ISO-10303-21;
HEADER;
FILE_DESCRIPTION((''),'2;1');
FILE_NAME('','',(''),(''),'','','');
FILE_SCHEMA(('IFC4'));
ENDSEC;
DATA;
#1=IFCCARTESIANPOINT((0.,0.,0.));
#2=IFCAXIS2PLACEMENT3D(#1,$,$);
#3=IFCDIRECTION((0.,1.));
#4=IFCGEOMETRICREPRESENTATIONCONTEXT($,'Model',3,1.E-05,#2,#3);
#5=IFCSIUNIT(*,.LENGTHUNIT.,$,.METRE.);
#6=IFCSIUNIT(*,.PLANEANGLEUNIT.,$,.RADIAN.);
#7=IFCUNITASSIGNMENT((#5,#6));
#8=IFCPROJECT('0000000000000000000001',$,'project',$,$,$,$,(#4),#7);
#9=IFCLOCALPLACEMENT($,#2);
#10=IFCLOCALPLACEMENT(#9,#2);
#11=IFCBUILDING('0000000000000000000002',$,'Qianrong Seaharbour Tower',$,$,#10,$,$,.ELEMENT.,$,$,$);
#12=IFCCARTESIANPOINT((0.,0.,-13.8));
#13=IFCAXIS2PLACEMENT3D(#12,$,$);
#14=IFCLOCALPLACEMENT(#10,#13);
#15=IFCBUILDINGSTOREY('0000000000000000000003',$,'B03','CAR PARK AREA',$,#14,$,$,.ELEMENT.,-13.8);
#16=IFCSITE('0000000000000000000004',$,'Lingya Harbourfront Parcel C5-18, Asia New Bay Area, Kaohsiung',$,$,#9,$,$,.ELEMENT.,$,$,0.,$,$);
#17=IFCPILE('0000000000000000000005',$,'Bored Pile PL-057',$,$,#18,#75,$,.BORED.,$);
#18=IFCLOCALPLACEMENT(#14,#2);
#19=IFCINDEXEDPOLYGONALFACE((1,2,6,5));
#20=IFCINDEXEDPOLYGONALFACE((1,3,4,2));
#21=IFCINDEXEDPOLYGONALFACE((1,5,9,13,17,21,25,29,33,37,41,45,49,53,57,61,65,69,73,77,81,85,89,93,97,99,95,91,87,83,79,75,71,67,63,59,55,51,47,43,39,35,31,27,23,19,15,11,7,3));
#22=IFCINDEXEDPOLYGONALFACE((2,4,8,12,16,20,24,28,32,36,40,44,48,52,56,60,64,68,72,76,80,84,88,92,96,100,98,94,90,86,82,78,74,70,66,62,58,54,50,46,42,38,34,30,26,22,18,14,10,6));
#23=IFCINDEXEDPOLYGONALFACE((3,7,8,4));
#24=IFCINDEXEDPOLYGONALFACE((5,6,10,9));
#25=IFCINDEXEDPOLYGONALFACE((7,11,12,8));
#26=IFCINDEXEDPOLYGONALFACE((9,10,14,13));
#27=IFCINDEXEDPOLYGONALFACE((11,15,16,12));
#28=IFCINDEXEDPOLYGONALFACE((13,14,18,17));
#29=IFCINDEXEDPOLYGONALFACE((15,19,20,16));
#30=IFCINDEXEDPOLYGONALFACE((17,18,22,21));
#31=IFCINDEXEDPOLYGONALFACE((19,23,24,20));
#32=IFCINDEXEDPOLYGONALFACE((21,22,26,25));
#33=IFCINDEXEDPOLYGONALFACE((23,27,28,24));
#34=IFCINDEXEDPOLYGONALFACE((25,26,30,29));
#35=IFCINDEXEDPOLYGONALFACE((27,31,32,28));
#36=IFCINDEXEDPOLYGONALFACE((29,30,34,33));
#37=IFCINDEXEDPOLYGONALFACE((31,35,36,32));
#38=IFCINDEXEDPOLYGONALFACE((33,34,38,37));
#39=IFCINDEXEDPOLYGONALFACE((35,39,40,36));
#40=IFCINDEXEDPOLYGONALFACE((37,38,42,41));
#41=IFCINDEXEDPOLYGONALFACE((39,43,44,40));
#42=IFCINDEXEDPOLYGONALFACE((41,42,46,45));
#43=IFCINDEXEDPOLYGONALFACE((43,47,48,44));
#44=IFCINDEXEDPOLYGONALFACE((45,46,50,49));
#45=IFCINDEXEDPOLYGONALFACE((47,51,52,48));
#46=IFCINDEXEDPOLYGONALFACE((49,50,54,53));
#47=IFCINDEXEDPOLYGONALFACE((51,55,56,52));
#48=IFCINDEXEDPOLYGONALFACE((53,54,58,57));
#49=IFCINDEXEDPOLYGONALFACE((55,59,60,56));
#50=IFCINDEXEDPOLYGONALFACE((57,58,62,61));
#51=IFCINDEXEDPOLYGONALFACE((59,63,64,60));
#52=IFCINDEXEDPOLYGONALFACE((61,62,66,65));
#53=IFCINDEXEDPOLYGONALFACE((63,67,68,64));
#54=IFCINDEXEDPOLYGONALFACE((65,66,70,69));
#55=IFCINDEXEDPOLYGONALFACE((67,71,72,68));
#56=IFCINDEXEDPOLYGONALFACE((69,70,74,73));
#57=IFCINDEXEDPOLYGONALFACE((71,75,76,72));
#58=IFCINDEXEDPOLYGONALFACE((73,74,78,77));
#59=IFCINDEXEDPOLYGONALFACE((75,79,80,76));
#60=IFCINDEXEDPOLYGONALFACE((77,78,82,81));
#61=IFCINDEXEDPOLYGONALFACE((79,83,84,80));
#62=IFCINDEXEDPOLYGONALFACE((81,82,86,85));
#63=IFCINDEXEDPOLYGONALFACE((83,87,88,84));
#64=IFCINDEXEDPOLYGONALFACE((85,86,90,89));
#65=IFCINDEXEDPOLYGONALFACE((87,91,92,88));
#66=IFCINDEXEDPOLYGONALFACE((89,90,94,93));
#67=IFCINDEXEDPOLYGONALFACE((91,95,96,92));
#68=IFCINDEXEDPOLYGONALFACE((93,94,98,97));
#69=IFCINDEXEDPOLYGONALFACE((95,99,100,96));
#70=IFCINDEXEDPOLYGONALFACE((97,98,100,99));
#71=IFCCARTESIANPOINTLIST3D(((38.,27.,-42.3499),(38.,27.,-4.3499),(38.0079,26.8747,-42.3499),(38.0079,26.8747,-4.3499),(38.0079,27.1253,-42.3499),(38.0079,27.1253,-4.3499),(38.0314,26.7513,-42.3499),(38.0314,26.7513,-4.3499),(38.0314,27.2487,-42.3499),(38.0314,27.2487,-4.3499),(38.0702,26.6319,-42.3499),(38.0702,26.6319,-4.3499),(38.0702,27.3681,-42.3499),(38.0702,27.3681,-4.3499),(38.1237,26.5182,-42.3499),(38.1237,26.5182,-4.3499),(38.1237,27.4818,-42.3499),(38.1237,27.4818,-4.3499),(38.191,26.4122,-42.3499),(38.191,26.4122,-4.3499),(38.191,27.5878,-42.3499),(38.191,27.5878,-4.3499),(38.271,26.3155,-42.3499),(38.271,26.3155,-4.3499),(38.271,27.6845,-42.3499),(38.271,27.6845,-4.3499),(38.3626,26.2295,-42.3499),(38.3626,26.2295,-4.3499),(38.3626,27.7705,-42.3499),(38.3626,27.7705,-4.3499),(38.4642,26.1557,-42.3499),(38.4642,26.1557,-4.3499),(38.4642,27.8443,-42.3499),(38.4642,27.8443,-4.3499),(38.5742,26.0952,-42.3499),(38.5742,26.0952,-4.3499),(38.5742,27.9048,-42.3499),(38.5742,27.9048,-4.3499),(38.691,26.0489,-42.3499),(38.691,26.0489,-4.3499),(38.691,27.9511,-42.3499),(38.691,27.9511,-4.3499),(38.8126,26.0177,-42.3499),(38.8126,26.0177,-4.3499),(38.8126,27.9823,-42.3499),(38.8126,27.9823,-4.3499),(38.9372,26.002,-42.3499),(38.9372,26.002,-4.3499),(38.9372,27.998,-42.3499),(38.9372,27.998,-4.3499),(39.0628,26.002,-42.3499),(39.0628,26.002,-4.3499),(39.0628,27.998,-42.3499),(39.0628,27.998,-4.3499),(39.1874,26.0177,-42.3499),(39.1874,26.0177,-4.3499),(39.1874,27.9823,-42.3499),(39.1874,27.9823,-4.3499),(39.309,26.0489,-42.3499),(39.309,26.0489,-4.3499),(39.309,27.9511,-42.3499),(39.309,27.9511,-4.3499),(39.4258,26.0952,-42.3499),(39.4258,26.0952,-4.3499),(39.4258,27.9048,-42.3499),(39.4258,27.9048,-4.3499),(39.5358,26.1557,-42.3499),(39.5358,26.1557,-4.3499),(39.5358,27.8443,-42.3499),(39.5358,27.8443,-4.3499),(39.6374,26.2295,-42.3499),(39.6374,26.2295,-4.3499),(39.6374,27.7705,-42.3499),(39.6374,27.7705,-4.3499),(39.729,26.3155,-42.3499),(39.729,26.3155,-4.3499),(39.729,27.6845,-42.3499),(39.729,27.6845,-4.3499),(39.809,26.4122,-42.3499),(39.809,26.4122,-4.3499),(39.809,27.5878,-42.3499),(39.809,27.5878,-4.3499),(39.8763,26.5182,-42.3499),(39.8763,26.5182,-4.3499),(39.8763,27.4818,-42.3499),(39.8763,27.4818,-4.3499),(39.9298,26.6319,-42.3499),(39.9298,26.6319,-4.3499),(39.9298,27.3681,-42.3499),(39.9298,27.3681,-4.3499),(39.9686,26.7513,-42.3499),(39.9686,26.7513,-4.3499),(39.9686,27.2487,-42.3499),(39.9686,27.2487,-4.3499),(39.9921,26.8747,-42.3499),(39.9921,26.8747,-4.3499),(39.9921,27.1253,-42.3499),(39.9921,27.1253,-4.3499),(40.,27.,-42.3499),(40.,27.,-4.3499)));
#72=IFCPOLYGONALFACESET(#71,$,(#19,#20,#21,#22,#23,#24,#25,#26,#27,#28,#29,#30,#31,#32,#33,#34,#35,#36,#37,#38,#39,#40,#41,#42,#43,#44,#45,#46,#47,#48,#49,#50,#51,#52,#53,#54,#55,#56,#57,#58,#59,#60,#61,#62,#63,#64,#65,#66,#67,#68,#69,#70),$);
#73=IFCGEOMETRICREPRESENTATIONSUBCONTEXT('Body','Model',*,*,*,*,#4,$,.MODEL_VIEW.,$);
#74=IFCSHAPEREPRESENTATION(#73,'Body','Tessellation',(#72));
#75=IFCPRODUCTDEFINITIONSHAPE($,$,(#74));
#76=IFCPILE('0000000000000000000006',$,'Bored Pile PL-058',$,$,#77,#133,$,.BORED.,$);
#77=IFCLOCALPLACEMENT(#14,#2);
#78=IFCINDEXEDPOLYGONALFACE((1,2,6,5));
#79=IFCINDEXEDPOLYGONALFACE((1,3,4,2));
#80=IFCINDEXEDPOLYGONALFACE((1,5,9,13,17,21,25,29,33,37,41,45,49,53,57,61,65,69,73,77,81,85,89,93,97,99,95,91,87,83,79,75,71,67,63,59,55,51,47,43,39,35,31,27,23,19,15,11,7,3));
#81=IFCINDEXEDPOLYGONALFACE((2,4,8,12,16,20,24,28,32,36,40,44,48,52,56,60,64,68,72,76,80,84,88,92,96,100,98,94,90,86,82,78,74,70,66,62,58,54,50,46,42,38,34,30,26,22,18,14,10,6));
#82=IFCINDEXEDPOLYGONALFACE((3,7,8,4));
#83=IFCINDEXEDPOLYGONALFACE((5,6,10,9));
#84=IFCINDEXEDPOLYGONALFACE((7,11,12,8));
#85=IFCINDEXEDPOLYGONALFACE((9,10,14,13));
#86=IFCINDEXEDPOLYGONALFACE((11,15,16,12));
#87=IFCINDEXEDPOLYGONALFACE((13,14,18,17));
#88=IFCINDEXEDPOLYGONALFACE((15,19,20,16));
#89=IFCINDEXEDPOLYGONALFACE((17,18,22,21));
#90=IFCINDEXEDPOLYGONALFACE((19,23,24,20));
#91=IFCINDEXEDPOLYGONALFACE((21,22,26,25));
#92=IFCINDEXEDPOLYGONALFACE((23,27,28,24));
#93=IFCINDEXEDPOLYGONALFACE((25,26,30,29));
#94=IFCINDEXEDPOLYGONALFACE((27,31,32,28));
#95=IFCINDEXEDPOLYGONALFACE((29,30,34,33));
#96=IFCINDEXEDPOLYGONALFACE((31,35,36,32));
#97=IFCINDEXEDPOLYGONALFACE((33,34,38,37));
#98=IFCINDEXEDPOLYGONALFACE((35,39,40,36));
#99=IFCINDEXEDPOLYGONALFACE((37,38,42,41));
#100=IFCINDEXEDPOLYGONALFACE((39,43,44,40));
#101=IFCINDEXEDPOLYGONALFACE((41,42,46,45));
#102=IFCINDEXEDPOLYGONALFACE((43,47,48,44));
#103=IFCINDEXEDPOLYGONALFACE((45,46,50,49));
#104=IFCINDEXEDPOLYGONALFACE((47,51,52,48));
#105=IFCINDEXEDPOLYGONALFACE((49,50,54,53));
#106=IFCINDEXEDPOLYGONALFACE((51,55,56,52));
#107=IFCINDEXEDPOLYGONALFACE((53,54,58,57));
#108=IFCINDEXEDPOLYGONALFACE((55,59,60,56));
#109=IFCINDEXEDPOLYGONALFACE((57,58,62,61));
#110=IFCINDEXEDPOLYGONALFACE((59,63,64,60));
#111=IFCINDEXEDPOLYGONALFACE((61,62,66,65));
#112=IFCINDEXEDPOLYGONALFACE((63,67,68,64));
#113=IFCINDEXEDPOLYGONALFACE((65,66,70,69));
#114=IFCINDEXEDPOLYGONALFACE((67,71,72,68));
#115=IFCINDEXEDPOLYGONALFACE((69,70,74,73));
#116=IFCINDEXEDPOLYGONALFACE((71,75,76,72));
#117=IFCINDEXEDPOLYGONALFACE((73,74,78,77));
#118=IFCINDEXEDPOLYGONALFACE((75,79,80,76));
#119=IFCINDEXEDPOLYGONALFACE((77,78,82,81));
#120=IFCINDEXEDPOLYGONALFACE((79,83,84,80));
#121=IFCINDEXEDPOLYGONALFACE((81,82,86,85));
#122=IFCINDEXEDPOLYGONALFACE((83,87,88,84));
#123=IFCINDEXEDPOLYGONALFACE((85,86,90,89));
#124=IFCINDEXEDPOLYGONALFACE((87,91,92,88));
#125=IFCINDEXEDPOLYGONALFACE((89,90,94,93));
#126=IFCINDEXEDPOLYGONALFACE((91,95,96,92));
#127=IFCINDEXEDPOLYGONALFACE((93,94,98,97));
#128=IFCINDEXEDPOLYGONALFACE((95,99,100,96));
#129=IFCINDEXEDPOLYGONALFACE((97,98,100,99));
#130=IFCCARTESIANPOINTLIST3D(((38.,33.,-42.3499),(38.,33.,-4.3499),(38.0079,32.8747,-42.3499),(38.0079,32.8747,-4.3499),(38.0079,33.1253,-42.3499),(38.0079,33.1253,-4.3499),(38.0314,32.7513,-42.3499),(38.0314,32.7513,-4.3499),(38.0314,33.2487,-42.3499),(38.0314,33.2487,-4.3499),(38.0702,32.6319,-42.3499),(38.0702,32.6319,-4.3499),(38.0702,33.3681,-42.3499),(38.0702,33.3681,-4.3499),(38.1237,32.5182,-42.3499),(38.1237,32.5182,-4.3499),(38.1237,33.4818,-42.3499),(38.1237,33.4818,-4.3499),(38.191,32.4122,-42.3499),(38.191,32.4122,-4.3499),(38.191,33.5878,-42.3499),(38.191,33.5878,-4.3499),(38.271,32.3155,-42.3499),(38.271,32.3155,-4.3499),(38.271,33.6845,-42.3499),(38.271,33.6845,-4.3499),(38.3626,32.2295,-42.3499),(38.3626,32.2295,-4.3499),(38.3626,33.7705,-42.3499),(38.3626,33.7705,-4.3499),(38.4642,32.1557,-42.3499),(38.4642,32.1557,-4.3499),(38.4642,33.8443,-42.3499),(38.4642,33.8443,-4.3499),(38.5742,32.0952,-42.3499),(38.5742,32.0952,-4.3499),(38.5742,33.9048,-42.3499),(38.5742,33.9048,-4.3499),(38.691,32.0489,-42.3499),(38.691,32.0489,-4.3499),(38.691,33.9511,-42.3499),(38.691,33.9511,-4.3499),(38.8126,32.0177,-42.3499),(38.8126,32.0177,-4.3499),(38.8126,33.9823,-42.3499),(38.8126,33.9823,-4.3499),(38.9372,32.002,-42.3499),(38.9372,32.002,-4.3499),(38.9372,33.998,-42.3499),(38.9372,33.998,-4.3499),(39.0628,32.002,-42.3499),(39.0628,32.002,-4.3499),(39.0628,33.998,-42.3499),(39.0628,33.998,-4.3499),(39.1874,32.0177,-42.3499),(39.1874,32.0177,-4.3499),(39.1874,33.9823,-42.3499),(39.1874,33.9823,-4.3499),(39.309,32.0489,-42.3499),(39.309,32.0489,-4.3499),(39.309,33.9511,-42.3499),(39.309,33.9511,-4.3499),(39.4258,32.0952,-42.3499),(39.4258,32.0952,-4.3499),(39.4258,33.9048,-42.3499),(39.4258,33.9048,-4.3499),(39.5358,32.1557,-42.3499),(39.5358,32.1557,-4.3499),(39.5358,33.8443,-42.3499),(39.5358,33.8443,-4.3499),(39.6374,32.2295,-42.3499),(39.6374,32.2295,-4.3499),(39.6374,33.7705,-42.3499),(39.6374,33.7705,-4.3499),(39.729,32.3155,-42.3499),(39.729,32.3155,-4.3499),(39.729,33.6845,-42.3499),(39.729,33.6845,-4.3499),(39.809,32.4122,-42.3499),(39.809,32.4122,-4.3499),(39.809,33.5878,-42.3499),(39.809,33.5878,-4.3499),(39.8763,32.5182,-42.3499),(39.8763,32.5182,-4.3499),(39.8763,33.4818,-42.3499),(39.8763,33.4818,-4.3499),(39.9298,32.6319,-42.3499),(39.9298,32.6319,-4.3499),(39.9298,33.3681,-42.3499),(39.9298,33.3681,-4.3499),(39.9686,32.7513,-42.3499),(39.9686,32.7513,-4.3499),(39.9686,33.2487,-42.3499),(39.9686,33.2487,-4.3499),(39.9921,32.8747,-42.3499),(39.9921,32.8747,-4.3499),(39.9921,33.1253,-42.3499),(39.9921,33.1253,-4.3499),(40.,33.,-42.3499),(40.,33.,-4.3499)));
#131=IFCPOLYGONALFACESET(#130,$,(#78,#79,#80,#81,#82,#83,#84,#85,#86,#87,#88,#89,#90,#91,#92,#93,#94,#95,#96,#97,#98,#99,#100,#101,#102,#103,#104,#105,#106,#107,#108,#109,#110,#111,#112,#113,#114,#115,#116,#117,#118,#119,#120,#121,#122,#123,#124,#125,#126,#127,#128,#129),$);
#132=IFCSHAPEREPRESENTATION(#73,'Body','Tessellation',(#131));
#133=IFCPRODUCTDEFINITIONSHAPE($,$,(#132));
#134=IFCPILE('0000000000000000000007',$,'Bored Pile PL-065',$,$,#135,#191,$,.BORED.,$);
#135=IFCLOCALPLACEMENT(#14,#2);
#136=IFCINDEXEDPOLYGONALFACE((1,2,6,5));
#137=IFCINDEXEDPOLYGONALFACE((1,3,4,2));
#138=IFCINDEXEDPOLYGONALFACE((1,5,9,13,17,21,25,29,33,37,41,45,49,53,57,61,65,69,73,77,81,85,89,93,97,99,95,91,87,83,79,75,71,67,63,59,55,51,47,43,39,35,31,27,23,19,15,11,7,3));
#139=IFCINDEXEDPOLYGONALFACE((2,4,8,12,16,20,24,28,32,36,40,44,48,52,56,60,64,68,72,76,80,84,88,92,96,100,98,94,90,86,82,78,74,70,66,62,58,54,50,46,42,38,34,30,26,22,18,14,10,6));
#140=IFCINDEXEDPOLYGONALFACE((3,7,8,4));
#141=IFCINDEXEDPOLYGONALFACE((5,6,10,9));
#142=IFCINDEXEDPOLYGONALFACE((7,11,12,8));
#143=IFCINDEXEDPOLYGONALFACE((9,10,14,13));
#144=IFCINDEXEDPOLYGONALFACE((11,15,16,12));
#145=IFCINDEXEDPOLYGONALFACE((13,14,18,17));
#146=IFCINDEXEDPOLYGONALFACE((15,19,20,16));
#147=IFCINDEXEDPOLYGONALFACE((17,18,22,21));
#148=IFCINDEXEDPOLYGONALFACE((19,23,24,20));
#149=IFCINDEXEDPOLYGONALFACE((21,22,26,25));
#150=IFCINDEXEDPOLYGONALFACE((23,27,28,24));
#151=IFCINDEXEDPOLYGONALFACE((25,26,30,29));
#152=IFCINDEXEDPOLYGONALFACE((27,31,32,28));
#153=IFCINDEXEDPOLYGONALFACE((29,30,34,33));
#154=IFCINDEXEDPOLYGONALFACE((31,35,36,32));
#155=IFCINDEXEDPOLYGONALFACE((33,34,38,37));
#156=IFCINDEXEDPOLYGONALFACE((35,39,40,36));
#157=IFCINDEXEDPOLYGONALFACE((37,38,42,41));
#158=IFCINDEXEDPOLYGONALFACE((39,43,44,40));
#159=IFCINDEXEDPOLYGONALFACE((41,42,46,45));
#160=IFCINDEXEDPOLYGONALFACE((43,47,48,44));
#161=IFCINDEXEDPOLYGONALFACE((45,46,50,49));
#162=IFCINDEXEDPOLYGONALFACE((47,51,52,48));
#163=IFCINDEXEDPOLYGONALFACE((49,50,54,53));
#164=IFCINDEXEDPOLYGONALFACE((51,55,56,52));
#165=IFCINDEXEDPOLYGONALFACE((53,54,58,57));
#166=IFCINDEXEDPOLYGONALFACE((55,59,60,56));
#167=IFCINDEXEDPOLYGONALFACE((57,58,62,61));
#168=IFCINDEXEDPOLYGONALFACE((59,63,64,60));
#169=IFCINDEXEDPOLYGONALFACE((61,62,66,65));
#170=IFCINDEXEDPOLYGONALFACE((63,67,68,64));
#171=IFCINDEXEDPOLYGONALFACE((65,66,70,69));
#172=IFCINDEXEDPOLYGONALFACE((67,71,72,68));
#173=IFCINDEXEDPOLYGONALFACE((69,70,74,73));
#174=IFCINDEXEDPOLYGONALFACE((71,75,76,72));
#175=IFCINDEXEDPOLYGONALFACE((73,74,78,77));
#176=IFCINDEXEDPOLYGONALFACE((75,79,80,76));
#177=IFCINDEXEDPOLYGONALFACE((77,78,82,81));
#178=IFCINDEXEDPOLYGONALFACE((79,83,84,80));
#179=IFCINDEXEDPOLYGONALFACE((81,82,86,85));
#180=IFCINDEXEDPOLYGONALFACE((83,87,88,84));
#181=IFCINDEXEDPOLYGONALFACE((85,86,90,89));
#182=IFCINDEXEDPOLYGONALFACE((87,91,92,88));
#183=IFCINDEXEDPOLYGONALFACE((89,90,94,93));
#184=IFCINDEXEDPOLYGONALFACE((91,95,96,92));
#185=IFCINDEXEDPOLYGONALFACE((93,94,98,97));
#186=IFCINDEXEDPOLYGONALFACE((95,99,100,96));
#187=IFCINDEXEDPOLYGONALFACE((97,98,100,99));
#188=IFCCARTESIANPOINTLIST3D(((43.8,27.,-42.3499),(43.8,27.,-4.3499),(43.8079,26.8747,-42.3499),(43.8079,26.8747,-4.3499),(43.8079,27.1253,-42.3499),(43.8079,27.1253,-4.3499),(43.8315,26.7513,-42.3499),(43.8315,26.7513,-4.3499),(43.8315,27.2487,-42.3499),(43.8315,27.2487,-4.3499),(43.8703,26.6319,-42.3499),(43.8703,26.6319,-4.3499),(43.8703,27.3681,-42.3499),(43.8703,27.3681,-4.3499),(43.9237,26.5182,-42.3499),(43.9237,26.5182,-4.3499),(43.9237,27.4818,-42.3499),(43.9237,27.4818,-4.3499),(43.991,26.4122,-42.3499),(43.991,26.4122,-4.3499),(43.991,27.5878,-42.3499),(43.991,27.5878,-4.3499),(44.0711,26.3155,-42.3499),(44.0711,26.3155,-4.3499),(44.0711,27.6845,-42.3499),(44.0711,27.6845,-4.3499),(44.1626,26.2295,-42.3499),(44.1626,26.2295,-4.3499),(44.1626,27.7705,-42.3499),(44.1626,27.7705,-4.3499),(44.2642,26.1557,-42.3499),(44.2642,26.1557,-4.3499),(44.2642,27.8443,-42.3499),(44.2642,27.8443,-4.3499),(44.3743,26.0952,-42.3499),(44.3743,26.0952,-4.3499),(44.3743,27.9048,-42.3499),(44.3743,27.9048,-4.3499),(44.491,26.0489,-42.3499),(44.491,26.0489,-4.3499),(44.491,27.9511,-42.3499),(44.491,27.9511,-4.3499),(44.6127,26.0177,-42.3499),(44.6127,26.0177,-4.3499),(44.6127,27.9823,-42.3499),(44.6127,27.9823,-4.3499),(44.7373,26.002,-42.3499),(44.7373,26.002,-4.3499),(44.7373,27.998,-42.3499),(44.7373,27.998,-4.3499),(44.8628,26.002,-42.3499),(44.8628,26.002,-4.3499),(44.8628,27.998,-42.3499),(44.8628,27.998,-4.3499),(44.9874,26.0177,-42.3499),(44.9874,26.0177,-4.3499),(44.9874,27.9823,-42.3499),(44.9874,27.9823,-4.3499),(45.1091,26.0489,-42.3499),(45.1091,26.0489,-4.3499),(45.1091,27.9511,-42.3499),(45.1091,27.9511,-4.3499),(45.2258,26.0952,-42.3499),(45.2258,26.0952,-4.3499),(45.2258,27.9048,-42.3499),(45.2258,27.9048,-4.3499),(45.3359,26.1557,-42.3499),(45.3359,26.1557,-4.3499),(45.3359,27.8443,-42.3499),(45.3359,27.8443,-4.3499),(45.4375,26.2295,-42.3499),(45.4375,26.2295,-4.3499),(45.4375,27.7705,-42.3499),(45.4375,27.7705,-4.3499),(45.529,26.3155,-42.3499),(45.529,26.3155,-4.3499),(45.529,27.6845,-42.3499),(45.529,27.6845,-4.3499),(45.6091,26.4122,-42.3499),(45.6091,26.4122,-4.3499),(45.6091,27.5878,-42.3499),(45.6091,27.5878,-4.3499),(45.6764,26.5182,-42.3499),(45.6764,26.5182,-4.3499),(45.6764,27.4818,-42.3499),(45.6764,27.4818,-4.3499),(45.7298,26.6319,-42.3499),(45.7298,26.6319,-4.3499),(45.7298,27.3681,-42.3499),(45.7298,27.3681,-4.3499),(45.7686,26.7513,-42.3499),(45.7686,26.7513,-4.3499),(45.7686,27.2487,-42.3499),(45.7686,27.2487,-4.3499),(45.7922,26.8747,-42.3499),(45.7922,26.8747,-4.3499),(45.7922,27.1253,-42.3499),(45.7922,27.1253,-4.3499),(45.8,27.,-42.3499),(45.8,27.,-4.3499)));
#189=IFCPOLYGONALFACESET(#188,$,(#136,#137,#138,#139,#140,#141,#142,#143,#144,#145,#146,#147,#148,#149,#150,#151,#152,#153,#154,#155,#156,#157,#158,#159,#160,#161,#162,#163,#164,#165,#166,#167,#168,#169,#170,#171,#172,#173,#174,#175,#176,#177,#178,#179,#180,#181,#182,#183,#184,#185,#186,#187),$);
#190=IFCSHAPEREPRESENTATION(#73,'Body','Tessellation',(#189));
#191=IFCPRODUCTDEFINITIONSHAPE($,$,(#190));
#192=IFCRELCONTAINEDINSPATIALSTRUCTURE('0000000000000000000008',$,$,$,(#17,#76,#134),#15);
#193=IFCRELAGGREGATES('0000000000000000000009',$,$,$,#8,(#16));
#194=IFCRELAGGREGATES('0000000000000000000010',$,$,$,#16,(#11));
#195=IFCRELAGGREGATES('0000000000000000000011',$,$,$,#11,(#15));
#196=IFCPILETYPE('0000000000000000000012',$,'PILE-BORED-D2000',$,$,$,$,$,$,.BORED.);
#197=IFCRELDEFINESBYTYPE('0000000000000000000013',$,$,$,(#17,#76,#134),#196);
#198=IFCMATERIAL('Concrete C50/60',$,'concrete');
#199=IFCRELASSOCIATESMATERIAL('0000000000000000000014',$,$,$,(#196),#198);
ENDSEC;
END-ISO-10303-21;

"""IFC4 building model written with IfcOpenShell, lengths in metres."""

from ifc_helpers import new_model, si_unit, direction, frame, origin, origin_2d, place, context, subcontext, project, spatial, circle, extrude, material, material_profile, profile_set, type_object, element, save


model = new_model("IFC4")

# Units and contexts
model_context = context("Model", 3, precision=1e-05, world=origin(), true_north=direction((0.0, 1.0)))
body_context = subcontext(model_context, "Body", "Model", "MODEL_VIEW")
ifc_project = project(units=[si_unit("LENGTHUNIT", "METRE"), si_unit("PLANEANGLEUNIT", "RADIAN")], contexts=[model_context])

# Site, building, storey
site_placement = place(None, origin())
site = spatial("IfcSite", under=ifc_project, at=site_placement, Name="Lingya Harbourfront Parcel C5-18, Asia New Bay Area, Kaohsiung", CompositionType="ELEMENT", RefElevation=0.0)
building_placement = place(site_placement, origin())
building = spatial("IfcBuilding", under=site, at=building_placement, Name="Qianrong Seaharbour Tower", CompositionType="ELEMENT")
storey_placement = place(building_placement, frame((0.0, 0.0, -13.8)))
storey = spatial("IfcBuildingStorey", under=building, at=storey_placement, Name="B03", Description="CAR PARK AREA", CompositionType="ELEMENT", Elevation=-13.8)

# Piles
ifc_material_1 = material(Name="Concrete C50/60", Category="concrete")
ifc_material_profile_1 = material_profile(ifc_material_1, circle(Radius=1.0, at=origin_2d()), Name="PILE-D2000")
ifc_profile_set_1 = profile_set([ifc_material_profile_1], Name="Concrete C50/60")
pile_type_1 = type_object("IfcPileType", Name="PILE-BORED-D2000", PredefinedType="BORED", material=ifc_profile_set_1)
for number, where, z_axis, x_axis, name in (
    (1, (39.0, 27.0, -4.3499), (0.0, 0.0, -1.0), (1.0, 0.0, 0.0), "Bored Pile PL-057"),
    (2, (39.0, 33.0, -4.3499), (0.0, 0.0, -1.0), (1.0, 0.0, 0.0), "Bored Pile PL-058"),
    (3, (44.8, 27.0, -4.3499), (0.0, 0.0, -1.0), (1.0, 0.0, 0.0), "Bored Pile PL-065"),
):
    element("IfcPile", number, at=place(storey_placement, frame(where, z_axis=z_axis, x_axis=x_axis)), inside=storey, type_object=pile_type_1, Name=name, PredefinedType="BORED", context=body_context, shape_type="SweptSolid", body=[
        extrude(circle(Radius=1.0, at=origin_2d()), origin(), (0.0, 0.0, 1.0), 38.0),
    ])

save(model, "model.ifc")
